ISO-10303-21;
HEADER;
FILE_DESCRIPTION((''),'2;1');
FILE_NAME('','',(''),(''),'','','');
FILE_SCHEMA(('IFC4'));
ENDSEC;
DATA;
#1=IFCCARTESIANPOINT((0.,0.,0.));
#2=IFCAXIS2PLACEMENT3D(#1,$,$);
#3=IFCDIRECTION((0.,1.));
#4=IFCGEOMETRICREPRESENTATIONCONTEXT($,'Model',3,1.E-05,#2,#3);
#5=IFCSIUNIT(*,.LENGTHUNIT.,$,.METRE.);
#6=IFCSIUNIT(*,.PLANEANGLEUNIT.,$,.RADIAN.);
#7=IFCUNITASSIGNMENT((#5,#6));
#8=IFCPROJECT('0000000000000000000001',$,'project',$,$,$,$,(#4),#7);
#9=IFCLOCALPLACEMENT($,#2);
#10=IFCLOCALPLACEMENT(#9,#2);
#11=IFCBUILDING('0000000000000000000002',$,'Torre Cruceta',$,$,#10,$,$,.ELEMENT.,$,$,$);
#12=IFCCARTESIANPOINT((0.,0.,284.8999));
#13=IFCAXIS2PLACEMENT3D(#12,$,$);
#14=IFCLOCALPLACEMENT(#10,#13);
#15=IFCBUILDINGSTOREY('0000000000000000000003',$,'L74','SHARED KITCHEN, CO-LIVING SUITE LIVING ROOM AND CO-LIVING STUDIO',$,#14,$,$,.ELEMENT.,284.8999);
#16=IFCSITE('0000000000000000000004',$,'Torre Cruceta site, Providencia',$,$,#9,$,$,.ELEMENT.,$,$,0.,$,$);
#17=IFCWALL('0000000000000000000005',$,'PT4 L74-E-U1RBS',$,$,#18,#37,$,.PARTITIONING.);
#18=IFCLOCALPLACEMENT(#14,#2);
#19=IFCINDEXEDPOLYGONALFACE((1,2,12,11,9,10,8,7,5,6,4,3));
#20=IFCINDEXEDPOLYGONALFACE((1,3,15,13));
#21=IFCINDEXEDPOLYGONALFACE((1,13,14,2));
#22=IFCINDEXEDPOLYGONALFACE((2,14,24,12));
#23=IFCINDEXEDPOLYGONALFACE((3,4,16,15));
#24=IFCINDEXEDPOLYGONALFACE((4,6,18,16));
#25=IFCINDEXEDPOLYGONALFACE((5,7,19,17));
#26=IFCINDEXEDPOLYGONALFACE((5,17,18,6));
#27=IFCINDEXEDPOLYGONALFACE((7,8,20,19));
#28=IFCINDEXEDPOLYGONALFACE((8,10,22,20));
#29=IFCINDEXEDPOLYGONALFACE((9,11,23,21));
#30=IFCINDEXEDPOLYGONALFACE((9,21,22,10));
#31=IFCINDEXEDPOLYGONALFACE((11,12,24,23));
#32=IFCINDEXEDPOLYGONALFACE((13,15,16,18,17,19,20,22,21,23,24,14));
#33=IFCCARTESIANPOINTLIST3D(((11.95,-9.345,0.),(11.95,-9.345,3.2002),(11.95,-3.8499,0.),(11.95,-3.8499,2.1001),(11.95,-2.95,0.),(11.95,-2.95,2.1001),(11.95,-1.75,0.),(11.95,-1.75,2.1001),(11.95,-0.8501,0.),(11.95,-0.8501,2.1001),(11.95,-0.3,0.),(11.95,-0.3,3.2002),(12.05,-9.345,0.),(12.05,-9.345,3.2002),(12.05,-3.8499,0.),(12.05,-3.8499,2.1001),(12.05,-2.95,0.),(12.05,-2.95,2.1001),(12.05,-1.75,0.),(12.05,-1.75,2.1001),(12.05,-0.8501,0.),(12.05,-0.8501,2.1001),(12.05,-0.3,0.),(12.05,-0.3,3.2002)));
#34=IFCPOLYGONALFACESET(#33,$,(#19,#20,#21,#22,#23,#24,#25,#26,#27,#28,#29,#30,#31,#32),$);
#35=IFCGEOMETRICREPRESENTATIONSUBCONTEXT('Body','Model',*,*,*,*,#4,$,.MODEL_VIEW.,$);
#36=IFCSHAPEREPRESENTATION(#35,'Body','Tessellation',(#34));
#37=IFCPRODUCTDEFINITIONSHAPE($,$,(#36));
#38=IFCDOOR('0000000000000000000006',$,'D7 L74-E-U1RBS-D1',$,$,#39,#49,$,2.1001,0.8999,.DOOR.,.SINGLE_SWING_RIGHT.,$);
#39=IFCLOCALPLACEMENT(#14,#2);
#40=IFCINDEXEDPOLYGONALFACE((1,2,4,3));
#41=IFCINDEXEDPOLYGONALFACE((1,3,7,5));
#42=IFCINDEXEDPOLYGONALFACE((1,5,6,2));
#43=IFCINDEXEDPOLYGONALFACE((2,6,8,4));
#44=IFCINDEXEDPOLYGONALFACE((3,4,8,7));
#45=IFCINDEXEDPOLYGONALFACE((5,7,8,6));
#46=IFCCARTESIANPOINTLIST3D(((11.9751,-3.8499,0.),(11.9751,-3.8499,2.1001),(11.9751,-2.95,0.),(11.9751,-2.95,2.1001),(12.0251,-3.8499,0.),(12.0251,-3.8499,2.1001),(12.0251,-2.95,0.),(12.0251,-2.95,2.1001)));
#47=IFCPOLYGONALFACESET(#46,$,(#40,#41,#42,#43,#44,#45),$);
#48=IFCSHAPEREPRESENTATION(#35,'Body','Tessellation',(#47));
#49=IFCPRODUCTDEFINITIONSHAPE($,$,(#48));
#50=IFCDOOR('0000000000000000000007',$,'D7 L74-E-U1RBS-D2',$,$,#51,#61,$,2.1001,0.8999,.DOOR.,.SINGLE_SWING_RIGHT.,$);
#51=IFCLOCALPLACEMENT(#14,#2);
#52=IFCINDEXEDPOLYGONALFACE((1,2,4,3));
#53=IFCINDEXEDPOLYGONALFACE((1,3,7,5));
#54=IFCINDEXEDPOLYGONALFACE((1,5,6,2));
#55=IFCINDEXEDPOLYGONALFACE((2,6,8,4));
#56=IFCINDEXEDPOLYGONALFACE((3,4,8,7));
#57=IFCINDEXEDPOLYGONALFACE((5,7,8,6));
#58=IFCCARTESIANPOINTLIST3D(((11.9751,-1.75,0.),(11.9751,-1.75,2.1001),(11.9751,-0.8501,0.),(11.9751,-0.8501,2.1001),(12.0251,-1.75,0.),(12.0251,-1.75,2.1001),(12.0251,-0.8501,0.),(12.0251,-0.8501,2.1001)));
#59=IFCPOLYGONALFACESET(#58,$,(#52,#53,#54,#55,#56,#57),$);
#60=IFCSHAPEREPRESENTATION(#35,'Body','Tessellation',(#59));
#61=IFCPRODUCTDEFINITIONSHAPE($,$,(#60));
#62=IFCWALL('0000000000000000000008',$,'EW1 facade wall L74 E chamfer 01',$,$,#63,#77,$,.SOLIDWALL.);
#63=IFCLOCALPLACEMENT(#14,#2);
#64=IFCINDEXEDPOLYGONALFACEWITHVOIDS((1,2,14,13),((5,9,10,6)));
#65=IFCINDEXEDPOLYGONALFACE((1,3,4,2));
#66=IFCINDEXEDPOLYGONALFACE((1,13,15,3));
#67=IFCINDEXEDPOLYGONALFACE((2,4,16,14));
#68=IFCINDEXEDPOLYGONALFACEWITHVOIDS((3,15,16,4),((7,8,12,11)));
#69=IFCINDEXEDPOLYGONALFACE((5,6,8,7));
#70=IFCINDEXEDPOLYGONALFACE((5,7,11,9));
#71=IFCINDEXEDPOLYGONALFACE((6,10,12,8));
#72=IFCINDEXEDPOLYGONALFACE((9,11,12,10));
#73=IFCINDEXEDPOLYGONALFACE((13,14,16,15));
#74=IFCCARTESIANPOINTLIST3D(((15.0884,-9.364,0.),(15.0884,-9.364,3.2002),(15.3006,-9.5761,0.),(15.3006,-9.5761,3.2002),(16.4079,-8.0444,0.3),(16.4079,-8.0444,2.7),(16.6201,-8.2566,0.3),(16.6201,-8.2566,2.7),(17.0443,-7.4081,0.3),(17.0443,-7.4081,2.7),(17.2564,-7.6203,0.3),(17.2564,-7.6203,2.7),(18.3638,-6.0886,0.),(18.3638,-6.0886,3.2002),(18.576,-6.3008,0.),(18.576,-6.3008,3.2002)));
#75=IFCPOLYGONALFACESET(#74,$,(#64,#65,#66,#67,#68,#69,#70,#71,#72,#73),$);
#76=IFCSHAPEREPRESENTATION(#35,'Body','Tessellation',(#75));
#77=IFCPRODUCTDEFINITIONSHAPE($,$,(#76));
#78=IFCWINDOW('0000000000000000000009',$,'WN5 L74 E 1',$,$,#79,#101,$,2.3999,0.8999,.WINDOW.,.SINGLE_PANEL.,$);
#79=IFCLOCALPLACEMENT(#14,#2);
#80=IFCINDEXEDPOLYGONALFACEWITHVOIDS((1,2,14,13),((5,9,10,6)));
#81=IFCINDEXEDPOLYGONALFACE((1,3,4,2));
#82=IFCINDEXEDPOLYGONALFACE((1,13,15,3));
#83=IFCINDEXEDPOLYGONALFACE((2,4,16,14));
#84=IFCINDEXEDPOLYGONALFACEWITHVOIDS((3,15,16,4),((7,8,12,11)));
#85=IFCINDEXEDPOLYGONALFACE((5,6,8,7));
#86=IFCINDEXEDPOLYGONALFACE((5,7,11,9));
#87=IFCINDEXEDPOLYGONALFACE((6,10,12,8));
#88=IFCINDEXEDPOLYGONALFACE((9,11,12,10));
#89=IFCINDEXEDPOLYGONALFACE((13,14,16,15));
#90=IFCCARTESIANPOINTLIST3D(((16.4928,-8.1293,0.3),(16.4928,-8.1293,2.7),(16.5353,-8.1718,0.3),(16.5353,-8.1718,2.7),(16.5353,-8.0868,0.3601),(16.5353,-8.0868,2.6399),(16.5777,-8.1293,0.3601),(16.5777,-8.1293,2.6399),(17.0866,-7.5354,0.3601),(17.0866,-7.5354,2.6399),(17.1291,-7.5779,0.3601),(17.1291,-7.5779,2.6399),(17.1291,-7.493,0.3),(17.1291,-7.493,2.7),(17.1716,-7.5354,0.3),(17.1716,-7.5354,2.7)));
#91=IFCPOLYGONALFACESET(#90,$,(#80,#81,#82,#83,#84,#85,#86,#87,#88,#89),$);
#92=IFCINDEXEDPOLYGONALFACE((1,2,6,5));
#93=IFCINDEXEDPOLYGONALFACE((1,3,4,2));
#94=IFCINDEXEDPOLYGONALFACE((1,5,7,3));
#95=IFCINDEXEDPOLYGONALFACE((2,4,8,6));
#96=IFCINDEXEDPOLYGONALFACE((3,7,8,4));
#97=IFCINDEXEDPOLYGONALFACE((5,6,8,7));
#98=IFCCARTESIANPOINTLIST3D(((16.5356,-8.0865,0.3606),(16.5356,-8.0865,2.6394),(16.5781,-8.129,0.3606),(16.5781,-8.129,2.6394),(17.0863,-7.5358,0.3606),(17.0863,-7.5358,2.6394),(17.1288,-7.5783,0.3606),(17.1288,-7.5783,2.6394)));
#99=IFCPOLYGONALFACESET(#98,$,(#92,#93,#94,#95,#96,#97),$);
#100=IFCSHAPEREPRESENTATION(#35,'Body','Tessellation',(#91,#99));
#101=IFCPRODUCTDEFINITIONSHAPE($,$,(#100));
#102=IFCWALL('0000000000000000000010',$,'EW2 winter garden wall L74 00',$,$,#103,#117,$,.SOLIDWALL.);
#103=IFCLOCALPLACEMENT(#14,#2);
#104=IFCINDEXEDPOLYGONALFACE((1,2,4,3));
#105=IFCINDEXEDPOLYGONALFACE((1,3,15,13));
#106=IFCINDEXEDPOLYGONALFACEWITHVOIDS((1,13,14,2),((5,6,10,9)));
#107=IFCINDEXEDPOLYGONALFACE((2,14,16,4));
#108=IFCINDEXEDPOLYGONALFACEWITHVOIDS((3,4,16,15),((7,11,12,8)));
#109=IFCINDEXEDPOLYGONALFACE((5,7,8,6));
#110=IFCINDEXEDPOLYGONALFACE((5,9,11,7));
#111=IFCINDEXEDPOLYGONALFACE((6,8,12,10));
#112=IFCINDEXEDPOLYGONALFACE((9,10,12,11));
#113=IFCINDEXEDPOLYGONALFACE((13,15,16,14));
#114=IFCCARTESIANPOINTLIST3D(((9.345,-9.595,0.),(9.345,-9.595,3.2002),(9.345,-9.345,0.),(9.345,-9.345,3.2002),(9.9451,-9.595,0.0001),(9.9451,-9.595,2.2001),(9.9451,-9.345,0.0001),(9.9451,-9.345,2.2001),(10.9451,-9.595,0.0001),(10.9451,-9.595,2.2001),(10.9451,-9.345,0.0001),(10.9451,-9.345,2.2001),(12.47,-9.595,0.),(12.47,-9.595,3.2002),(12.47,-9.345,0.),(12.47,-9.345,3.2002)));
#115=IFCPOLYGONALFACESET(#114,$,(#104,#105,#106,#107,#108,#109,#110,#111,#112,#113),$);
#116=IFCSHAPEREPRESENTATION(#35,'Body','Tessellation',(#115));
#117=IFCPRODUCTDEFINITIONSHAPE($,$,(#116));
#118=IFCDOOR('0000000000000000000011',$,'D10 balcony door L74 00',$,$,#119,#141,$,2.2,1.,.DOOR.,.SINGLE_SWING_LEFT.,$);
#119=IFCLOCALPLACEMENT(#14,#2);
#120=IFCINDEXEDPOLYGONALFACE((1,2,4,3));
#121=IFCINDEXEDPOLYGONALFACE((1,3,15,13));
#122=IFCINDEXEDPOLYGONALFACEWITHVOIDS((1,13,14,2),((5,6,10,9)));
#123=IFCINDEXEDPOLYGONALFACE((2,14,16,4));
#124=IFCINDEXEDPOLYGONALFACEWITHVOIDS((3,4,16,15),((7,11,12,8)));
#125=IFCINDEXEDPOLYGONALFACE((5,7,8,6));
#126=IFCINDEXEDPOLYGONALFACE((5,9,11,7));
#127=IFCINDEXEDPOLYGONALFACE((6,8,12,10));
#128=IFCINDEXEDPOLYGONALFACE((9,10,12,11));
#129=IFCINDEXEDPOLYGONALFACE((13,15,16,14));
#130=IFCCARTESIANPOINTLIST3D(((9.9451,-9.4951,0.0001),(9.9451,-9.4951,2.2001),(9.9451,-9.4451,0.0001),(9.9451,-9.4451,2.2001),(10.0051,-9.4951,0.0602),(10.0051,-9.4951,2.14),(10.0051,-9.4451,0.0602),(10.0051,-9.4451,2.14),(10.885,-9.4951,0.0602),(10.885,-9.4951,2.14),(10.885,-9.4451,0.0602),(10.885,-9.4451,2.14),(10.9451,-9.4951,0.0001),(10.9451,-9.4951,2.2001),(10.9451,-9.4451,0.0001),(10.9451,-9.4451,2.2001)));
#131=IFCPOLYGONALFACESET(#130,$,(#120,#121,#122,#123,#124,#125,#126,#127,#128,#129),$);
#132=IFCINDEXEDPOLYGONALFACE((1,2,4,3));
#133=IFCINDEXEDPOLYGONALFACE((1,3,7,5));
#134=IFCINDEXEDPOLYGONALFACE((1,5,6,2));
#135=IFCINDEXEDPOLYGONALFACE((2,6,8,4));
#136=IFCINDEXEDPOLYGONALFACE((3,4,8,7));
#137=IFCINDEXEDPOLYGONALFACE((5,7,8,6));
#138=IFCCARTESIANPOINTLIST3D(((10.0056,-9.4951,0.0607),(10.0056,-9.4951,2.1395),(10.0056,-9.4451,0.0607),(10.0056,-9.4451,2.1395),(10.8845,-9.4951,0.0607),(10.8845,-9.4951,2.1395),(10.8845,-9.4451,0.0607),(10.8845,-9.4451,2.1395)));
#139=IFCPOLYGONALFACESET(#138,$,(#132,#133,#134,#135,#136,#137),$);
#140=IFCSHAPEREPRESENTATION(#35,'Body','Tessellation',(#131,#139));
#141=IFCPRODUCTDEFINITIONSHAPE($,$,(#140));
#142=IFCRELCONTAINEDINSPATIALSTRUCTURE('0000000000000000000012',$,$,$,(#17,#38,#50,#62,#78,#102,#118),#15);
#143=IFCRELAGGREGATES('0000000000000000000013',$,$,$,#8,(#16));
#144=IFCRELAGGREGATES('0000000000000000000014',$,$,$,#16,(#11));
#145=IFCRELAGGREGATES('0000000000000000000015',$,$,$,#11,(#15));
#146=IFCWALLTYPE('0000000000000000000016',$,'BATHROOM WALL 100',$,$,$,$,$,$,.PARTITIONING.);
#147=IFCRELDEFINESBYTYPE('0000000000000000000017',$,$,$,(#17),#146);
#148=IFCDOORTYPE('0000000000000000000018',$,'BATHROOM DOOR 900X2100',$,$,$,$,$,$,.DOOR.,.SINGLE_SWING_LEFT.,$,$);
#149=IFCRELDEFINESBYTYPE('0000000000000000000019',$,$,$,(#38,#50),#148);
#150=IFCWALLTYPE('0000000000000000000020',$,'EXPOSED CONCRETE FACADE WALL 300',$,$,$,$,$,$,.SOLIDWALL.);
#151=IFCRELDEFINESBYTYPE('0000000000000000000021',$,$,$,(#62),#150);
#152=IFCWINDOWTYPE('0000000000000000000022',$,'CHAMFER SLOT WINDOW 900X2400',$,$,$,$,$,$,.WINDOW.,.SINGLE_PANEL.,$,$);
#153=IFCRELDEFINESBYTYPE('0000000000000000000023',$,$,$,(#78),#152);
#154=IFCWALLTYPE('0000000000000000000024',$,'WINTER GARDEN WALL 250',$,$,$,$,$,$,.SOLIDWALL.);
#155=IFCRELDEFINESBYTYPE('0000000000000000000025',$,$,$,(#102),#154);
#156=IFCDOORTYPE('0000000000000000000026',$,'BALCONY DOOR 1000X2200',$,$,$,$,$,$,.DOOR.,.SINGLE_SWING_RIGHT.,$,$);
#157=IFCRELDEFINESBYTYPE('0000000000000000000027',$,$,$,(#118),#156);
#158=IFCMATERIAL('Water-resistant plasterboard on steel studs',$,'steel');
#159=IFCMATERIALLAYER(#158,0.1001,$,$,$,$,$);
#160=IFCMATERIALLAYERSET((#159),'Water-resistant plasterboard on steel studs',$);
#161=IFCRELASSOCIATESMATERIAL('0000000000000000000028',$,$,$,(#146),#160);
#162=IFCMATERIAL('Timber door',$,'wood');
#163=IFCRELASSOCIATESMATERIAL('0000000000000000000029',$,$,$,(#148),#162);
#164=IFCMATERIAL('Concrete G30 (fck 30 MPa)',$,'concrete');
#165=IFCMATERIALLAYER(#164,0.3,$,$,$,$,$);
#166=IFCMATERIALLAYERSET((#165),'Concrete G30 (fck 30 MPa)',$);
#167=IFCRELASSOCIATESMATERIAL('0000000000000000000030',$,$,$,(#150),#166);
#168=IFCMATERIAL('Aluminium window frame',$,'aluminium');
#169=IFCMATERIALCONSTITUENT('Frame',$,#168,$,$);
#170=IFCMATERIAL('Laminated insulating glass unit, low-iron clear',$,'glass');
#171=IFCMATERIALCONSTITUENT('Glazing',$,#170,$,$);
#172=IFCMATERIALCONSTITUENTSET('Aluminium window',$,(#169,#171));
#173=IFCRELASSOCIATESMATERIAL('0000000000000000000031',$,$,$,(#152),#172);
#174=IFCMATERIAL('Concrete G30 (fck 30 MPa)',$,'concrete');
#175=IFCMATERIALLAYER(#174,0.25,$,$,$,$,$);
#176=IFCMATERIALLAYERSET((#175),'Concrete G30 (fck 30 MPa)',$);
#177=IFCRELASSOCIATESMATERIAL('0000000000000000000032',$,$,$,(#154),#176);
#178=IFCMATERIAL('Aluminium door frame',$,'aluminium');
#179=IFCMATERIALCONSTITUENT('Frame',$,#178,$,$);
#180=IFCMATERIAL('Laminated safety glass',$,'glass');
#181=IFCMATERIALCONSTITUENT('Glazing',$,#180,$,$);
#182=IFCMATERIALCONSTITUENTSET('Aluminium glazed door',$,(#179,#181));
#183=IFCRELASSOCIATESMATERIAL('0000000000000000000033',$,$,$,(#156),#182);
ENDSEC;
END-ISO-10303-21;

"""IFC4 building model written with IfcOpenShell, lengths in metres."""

from ifc_helpers import new_model, si_unit, direction, frame, frame_2d, origin, place, context, subcontext, project, spatial, rectangle, hollow_rectangle, extrude, material, layer, layer_set, constituent, constituent_set, type_object, element, fill, save


model = new_model("IFC4")

# Units and contexts
model_context = context("Model", 3, precision=1e-05, world=origin(), true_north=direction((0.0, 1.0)))
body_context = subcontext(model_context, "Body", "Model", "MODEL_VIEW")
ifc_project = project(units=[si_unit("LENGTHUNIT", "METRE"), si_unit("PLANEANGLEUNIT", "RADIAN")], contexts=[model_context])

# Site, building, storey
site_placement = place(None, origin())
site = spatial("IfcSite", under=ifc_project, at=site_placement, Name="Torre Cruceta site, Providencia", CompositionType="ELEMENT", RefElevation=0.0)
building_placement = place(site_placement, origin())
building = spatial("IfcBuilding", under=site, at=building_placement, Name="Torre Cruceta", CompositionType="ELEMENT")
storey_placement = place(building_placement, frame((0.0, 0.0, 284.8999)))
storey = spatial("IfcBuildingStorey", under=building, at=storey_placement, Name="L74", Description="SHARED KITCHEN, CO-LIVING SUITE LIVING ROOM AND CO-LIVING STUDIO", CompositionType="ELEMENT", Elevation=284.8999)

# Wall, openings, doors
ifc_material_1 = material(Name="Water-resistant plasterboard on steel studs", Category="steel")
ifc_layer_1 = layer(ifc_material_1, 0.1001)
ifc_layer_set_1 = layer_set([ifc_layer_1], Name="Water-resistant plasterboard on steel studs")
wall_type_1 = type_object("IfcWallType", Name="BATHROOM WALL 100", PredefinedType="PARTITIONING", material=ifc_layer_set_1)
wall_1_placement = place(storey_placement, frame((12.0, -9.345, 0.0), z_axis=(0.0, 0.0, 1.0), x_axis=(0.0, 1.0, 0.0)))
wall_1 = element("IfcWall", 1, at=wall_1_placement, inside=storey, type_object=wall_type_1, Name="PT4 L74-E-U1RBS", PredefinedType="PARTITIONING", context=body_context, shape_type="SweptSolid", body=[
    extrude(rectangle(XDim=9.0449, YDim=0.1001, at=frame_2d((4.5225, 0.0))), origin(), (0.0, 0.0, 1.0), 3.2002),
])
opening_1_placement = place(wall_1_placement, frame((5.4951, 0.0, 0.0)))
opening_1 = element("IfcOpeningElement", 2, at=opening_1_placement, cuts=wall_1, PredefinedType="OPENING", context=body_context, shape_type="SweptSolid", body=[
    extrude(rectangle(XDim=0.8999, YDim=2.1001, at=frame_2d((0.45, 1.05))), frame((0.0, 0.0601, 0.0), z_axis=(0.0, -1.0, 0.0), x_axis=(1.0, 0.0, 0.0)), (0.0, 0.0, 1.0), 0.1201),
])
opening_2_placement = place(wall_1_placement, frame((7.595, 0.0, 0.0)))
opening_2 = element("IfcOpeningElement", 3, at=opening_2_placement, cuts=wall_1, PredefinedType="OPENING", context=body_context, shape_type="SweptSolid", body=[
    extrude(rectangle(XDim=0.8999, YDim=2.1001, at=frame_2d((0.45, 1.05))), frame((0.0, 0.0601, 0.0), z_axis=(0.0, -1.0, 0.0), x_axis=(1.0, 0.0, 0.0)), (0.0, 0.0, 1.0), 0.1201),
])
ifc_material_2 = material(Name="Timber door", Category="wood")
door_type_1 = type_object("IfcDoorType", Name="BATHROOM DOOR 900X2100", OperationType="SINGLE_SWING_LEFT", PredefinedType="DOOR", material=ifc_material_2)
door_1_placement = place(opening_1_placement, origin())
door_1 = element("IfcDoor", 4, at=door_1_placement, inside=storey, type_object=door_type_1, Name="D7 L74-E-U1RBS-D1", OperationType="SINGLE_SWING_RIGHT", OverallHeight=2.1001, OverallWidth=0.8999, PredefinedType="DOOR", context=body_context, shape_type="SweptSolid", body=[
    extrude(rectangle(XDim=0.8999, YDim=2.1001, at=frame_2d((0.45, 1.05))), frame((0.0, 0.0249, 0.0), z_axis=(0.0, -1.0, 0.0), x_axis=(1.0, 0.0, 0.0)), (0.0, 0.0, 1.0), 0.05),
])
fill(opening_1, door_1)
door_2_placement = place(opening_2_placement, origin())
door_2 = element("IfcDoor", 5, at=door_2_placement, inside=storey, type_object=door_type_1, Name="D7 L74-E-U1RBS-D2", OperationType="SINGLE_SWING_RIGHT", OverallHeight=2.1001, OverallWidth=0.8999, PredefinedType="DOOR", context=body_context, shape_type="SweptSolid", body=[
    extrude(rectangle(XDim=0.8999, YDim=2.1001, at=frame_2d((0.45, 1.05))), frame((0.0, 0.0249, 0.0), z_axis=(0.0, -1.0, 0.0), x_axis=(1.0, 0.0, 0.0)), (0.0, 0.0, 1.0), 0.05),
])
fill(opening_2, door_2)

# Wall, opening, window
ifc_material_3 = material(Name="Concrete G30 (fck 30 MPa)", Category="concrete")
ifc_layer_2 = layer(ifc_material_3, 0.3)
ifc_layer_set_2 = layer_set([ifc_layer_2], Name="Concrete G30 (fck 30 MPa)")
wall_type_2 = type_object("IfcWallType", Name="EXPOSED CONCRETE FACADE WALL 300", PredefinedType="SOLIDWALL", material=ifc_layer_set_2)
wall_2_placement = place(storey_placement, frame((15.1946, -9.47, 0.0), z_axis=(0.0, 0.0, 1.0), x_axis=(0.707107, 0.707107, 0.0)))
wall_2 = element("IfcWall", 6, at=wall_2_placement, inside=storey, type_object=wall_type_2, Name="EW1 facade wall L74 E chamfer 01", PredefinedType="SOLIDWALL", context=body_context, shape_type="SweptSolid", body=[
    extrude(rectangle(XDim=4.6321, YDim=0.3, at=frame_2d((2.3159, 0.0))), origin(), (0.0, 0.0, 1.0), 3.2002),
])
opening_3_placement = place(wall_2_placement, frame((1.866, 0.0, 0.3)))
opening_3 = element("IfcOpeningElement", 7, at=opening_3_placement, cuts=wall_2, PredefinedType="OPENING", context=body_context, shape_type="SweptSolid", body=[
    extrude(rectangle(XDim=0.8999, YDim=2.3999, at=frame_2d((0.45, 1.2))), frame((0.0, 0.1599, 0.0), z_axis=(0.0, -1.0, 0.0), x_axis=(1.0, 0.0, 0.0)), (0.0, 0.0, 1.0), 0.3201),
])
ifc_material_4 = material(Name="Aluminium window frame", Category="aluminium")
ifc_constituent_1 = constituent(ifc_material_4, Name="Frame")
ifc_material_5 = material(Name="Laminated insulating glass unit, low-iron clear", Category="glass")
ifc_constituent_2 = constituent(ifc_material_5, Name="Glazing")
ifc_constituent_set_1 = constituent_set(constituents=[ifc_constituent_1, ifc_constituent_2], Name="Aluminium window")
window_type = type_object("IfcWindowType", Name="CHAMFER SLOT WINDOW 900X2400", PartitioningType="SINGLE_PANEL", PredefinedType="WINDOW", material=ifc_constituent_set_1)
window_placement = place(opening_3_placement, origin())
window = element("IfcWindow", 8, at=window_placement, inside=storey, type_object=window_type, Name="WN5 L74 E 1", OverallHeight=2.3999, OverallWidth=0.8999, PartitioningType="SINGLE_PANEL", PredefinedType="WINDOW", context=body_context, shape_type="SweptSolid", body=[
    extrude(hollow_rectangle(XDim=0.8999, YDim=2.3999, WallThickness=0.0601, at=frame_2d((0.45, 1.2))), frame((0.0, 0.03, 0.0), z_axis=(0.0, -1.0, 0.0), x_axis=(1.0, 0.0, 0.0)), (0.0, 0.0, 1.0), 0.0601),
    extrude(rectangle(XDim=0.7788, YDim=2.2788, at=frame_2d((0.45, 1.2))), frame((0.0, 0.03, 0.0), z_axis=(0.0, -1.0, 0.0), x_axis=(1.0, 0.0, 0.0)), (0.0, 0.0, 1.0), 0.0601),
])
fill(opening_3, window)

# Wall, opening, door
ifc_material_6 = material(Name="Concrete G30 (fck 30 MPa)", Category="concrete")
ifc_layer_3 = layer(ifc_material_6, 0.25)
ifc_layer_set_3 = layer_set([ifc_layer_3], Name="Concrete G30 (fck 30 MPa)")
wall_type_3 = type_object("IfcWallType", Name="WINTER GARDEN WALL 250", PredefinedType="SOLIDWALL", material=ifc_layer_set_3)
wall_3_placement = place(storey_placement, frame((9.345, -9.47, 0.0), z_axis=(0.0, 0.0, 1.0), x_axis=(1.0, 0.0, 0.0)))
wall_3 = element("IfcWall", 9, at=wall_3_placement, inside=storey, type_object=wall_type_3, Name="EW2 winter garden wall L74 00", PredefinedType="SOLIDWALL", context=body_context, shape_type="SweptSolid", body=[
    extrude(rectangle(XDim=3.125, YDim=0.25, at=frame_2d((1.5625, 0.0))), origin(), (0.0, 0.0, 1.0), 3.2002),
])
opening_4_placement = place(wall_3_placement, frame((0.6001, 0.0, 0.0)))
opening_4 = element("IfcOpeningElement", 10, at=opening_4_placement, cuts=wall_3, PredefinedType="OPENING", context=body_context, shape_type="SweptSolid", body=[
    extrude(rectangle(XDim=1.0, YDim=2.2, at=frame_2d((0.5, 1.1001))), frame((0.0, 0.135, 0.0), z_axis=(0.0, -1.0, 0.0), x_axis=(1.0, 0.0, 0.0)), (0.0, 0.0, 1.0), 0.27),
])
ifc_material_7 = material(Name="Aluminium door frame", Category="aluminium")
ifc_constituent_3 = constituent(ifc_material_7, Name="Frame")
ifc_material_8 = material(Name="Laminated safety glass", Category="glass")
ifc_constituent_4 = constituent(ifc_material_8, Name="Glazing")
ifc_constituent_set_2 = constituent_set(constituents=[ifc_constituent_3, ifc_constituent_4], Name="Aluminium glazed door")
door_type_2 = type_object("IfcDoorType", Name="BALCONY DOOR 1000X2200", OperationType="SINGLE_SWING_RIGHT", PredefinedType="DOOR", material=ifc_constituent_set_2)
door_3_placement = place(opening_4_placement, origin())
door_3 = element("IfcDoor", 11, at=door_3_placement, inside=storey, type_object=door_type_2, Name="D10 balcony door L74 00", OperationType="SINGLE_SWING_LEFT", OverallHeight=2.2, OverallWidth=1.0, PredefinedType="DOOR", context=body_context, shape_type="SweptSolid", body=[
    extrude(hollow_rectangle(XDim=1.0, YDim=2.2, WallThickness=0.0601, at=frame_2d((0.5, 1.1001))), frame((0.0, 0.0249, 0.0), z_axis=(0.0, -1.0, 0.0), x_axis=(1.0, 0.0, 0.0)), (0.0, 0.0, 1.0), 0.05),
    extrude(rectangle(XDim=0.8789, YDim=2.0789, at=frame_2d((0.5, 1.1001))), frame((0.0, 0.0249, 0.0), z_axis=(0.0, -1.0, 0.0), x_axis=(1.0, 0.0, 0.0)), (0.0, 0.0, 1.0), 0.05),
])
fill(opening_4, door_3)

save(model, "model.ifc")
